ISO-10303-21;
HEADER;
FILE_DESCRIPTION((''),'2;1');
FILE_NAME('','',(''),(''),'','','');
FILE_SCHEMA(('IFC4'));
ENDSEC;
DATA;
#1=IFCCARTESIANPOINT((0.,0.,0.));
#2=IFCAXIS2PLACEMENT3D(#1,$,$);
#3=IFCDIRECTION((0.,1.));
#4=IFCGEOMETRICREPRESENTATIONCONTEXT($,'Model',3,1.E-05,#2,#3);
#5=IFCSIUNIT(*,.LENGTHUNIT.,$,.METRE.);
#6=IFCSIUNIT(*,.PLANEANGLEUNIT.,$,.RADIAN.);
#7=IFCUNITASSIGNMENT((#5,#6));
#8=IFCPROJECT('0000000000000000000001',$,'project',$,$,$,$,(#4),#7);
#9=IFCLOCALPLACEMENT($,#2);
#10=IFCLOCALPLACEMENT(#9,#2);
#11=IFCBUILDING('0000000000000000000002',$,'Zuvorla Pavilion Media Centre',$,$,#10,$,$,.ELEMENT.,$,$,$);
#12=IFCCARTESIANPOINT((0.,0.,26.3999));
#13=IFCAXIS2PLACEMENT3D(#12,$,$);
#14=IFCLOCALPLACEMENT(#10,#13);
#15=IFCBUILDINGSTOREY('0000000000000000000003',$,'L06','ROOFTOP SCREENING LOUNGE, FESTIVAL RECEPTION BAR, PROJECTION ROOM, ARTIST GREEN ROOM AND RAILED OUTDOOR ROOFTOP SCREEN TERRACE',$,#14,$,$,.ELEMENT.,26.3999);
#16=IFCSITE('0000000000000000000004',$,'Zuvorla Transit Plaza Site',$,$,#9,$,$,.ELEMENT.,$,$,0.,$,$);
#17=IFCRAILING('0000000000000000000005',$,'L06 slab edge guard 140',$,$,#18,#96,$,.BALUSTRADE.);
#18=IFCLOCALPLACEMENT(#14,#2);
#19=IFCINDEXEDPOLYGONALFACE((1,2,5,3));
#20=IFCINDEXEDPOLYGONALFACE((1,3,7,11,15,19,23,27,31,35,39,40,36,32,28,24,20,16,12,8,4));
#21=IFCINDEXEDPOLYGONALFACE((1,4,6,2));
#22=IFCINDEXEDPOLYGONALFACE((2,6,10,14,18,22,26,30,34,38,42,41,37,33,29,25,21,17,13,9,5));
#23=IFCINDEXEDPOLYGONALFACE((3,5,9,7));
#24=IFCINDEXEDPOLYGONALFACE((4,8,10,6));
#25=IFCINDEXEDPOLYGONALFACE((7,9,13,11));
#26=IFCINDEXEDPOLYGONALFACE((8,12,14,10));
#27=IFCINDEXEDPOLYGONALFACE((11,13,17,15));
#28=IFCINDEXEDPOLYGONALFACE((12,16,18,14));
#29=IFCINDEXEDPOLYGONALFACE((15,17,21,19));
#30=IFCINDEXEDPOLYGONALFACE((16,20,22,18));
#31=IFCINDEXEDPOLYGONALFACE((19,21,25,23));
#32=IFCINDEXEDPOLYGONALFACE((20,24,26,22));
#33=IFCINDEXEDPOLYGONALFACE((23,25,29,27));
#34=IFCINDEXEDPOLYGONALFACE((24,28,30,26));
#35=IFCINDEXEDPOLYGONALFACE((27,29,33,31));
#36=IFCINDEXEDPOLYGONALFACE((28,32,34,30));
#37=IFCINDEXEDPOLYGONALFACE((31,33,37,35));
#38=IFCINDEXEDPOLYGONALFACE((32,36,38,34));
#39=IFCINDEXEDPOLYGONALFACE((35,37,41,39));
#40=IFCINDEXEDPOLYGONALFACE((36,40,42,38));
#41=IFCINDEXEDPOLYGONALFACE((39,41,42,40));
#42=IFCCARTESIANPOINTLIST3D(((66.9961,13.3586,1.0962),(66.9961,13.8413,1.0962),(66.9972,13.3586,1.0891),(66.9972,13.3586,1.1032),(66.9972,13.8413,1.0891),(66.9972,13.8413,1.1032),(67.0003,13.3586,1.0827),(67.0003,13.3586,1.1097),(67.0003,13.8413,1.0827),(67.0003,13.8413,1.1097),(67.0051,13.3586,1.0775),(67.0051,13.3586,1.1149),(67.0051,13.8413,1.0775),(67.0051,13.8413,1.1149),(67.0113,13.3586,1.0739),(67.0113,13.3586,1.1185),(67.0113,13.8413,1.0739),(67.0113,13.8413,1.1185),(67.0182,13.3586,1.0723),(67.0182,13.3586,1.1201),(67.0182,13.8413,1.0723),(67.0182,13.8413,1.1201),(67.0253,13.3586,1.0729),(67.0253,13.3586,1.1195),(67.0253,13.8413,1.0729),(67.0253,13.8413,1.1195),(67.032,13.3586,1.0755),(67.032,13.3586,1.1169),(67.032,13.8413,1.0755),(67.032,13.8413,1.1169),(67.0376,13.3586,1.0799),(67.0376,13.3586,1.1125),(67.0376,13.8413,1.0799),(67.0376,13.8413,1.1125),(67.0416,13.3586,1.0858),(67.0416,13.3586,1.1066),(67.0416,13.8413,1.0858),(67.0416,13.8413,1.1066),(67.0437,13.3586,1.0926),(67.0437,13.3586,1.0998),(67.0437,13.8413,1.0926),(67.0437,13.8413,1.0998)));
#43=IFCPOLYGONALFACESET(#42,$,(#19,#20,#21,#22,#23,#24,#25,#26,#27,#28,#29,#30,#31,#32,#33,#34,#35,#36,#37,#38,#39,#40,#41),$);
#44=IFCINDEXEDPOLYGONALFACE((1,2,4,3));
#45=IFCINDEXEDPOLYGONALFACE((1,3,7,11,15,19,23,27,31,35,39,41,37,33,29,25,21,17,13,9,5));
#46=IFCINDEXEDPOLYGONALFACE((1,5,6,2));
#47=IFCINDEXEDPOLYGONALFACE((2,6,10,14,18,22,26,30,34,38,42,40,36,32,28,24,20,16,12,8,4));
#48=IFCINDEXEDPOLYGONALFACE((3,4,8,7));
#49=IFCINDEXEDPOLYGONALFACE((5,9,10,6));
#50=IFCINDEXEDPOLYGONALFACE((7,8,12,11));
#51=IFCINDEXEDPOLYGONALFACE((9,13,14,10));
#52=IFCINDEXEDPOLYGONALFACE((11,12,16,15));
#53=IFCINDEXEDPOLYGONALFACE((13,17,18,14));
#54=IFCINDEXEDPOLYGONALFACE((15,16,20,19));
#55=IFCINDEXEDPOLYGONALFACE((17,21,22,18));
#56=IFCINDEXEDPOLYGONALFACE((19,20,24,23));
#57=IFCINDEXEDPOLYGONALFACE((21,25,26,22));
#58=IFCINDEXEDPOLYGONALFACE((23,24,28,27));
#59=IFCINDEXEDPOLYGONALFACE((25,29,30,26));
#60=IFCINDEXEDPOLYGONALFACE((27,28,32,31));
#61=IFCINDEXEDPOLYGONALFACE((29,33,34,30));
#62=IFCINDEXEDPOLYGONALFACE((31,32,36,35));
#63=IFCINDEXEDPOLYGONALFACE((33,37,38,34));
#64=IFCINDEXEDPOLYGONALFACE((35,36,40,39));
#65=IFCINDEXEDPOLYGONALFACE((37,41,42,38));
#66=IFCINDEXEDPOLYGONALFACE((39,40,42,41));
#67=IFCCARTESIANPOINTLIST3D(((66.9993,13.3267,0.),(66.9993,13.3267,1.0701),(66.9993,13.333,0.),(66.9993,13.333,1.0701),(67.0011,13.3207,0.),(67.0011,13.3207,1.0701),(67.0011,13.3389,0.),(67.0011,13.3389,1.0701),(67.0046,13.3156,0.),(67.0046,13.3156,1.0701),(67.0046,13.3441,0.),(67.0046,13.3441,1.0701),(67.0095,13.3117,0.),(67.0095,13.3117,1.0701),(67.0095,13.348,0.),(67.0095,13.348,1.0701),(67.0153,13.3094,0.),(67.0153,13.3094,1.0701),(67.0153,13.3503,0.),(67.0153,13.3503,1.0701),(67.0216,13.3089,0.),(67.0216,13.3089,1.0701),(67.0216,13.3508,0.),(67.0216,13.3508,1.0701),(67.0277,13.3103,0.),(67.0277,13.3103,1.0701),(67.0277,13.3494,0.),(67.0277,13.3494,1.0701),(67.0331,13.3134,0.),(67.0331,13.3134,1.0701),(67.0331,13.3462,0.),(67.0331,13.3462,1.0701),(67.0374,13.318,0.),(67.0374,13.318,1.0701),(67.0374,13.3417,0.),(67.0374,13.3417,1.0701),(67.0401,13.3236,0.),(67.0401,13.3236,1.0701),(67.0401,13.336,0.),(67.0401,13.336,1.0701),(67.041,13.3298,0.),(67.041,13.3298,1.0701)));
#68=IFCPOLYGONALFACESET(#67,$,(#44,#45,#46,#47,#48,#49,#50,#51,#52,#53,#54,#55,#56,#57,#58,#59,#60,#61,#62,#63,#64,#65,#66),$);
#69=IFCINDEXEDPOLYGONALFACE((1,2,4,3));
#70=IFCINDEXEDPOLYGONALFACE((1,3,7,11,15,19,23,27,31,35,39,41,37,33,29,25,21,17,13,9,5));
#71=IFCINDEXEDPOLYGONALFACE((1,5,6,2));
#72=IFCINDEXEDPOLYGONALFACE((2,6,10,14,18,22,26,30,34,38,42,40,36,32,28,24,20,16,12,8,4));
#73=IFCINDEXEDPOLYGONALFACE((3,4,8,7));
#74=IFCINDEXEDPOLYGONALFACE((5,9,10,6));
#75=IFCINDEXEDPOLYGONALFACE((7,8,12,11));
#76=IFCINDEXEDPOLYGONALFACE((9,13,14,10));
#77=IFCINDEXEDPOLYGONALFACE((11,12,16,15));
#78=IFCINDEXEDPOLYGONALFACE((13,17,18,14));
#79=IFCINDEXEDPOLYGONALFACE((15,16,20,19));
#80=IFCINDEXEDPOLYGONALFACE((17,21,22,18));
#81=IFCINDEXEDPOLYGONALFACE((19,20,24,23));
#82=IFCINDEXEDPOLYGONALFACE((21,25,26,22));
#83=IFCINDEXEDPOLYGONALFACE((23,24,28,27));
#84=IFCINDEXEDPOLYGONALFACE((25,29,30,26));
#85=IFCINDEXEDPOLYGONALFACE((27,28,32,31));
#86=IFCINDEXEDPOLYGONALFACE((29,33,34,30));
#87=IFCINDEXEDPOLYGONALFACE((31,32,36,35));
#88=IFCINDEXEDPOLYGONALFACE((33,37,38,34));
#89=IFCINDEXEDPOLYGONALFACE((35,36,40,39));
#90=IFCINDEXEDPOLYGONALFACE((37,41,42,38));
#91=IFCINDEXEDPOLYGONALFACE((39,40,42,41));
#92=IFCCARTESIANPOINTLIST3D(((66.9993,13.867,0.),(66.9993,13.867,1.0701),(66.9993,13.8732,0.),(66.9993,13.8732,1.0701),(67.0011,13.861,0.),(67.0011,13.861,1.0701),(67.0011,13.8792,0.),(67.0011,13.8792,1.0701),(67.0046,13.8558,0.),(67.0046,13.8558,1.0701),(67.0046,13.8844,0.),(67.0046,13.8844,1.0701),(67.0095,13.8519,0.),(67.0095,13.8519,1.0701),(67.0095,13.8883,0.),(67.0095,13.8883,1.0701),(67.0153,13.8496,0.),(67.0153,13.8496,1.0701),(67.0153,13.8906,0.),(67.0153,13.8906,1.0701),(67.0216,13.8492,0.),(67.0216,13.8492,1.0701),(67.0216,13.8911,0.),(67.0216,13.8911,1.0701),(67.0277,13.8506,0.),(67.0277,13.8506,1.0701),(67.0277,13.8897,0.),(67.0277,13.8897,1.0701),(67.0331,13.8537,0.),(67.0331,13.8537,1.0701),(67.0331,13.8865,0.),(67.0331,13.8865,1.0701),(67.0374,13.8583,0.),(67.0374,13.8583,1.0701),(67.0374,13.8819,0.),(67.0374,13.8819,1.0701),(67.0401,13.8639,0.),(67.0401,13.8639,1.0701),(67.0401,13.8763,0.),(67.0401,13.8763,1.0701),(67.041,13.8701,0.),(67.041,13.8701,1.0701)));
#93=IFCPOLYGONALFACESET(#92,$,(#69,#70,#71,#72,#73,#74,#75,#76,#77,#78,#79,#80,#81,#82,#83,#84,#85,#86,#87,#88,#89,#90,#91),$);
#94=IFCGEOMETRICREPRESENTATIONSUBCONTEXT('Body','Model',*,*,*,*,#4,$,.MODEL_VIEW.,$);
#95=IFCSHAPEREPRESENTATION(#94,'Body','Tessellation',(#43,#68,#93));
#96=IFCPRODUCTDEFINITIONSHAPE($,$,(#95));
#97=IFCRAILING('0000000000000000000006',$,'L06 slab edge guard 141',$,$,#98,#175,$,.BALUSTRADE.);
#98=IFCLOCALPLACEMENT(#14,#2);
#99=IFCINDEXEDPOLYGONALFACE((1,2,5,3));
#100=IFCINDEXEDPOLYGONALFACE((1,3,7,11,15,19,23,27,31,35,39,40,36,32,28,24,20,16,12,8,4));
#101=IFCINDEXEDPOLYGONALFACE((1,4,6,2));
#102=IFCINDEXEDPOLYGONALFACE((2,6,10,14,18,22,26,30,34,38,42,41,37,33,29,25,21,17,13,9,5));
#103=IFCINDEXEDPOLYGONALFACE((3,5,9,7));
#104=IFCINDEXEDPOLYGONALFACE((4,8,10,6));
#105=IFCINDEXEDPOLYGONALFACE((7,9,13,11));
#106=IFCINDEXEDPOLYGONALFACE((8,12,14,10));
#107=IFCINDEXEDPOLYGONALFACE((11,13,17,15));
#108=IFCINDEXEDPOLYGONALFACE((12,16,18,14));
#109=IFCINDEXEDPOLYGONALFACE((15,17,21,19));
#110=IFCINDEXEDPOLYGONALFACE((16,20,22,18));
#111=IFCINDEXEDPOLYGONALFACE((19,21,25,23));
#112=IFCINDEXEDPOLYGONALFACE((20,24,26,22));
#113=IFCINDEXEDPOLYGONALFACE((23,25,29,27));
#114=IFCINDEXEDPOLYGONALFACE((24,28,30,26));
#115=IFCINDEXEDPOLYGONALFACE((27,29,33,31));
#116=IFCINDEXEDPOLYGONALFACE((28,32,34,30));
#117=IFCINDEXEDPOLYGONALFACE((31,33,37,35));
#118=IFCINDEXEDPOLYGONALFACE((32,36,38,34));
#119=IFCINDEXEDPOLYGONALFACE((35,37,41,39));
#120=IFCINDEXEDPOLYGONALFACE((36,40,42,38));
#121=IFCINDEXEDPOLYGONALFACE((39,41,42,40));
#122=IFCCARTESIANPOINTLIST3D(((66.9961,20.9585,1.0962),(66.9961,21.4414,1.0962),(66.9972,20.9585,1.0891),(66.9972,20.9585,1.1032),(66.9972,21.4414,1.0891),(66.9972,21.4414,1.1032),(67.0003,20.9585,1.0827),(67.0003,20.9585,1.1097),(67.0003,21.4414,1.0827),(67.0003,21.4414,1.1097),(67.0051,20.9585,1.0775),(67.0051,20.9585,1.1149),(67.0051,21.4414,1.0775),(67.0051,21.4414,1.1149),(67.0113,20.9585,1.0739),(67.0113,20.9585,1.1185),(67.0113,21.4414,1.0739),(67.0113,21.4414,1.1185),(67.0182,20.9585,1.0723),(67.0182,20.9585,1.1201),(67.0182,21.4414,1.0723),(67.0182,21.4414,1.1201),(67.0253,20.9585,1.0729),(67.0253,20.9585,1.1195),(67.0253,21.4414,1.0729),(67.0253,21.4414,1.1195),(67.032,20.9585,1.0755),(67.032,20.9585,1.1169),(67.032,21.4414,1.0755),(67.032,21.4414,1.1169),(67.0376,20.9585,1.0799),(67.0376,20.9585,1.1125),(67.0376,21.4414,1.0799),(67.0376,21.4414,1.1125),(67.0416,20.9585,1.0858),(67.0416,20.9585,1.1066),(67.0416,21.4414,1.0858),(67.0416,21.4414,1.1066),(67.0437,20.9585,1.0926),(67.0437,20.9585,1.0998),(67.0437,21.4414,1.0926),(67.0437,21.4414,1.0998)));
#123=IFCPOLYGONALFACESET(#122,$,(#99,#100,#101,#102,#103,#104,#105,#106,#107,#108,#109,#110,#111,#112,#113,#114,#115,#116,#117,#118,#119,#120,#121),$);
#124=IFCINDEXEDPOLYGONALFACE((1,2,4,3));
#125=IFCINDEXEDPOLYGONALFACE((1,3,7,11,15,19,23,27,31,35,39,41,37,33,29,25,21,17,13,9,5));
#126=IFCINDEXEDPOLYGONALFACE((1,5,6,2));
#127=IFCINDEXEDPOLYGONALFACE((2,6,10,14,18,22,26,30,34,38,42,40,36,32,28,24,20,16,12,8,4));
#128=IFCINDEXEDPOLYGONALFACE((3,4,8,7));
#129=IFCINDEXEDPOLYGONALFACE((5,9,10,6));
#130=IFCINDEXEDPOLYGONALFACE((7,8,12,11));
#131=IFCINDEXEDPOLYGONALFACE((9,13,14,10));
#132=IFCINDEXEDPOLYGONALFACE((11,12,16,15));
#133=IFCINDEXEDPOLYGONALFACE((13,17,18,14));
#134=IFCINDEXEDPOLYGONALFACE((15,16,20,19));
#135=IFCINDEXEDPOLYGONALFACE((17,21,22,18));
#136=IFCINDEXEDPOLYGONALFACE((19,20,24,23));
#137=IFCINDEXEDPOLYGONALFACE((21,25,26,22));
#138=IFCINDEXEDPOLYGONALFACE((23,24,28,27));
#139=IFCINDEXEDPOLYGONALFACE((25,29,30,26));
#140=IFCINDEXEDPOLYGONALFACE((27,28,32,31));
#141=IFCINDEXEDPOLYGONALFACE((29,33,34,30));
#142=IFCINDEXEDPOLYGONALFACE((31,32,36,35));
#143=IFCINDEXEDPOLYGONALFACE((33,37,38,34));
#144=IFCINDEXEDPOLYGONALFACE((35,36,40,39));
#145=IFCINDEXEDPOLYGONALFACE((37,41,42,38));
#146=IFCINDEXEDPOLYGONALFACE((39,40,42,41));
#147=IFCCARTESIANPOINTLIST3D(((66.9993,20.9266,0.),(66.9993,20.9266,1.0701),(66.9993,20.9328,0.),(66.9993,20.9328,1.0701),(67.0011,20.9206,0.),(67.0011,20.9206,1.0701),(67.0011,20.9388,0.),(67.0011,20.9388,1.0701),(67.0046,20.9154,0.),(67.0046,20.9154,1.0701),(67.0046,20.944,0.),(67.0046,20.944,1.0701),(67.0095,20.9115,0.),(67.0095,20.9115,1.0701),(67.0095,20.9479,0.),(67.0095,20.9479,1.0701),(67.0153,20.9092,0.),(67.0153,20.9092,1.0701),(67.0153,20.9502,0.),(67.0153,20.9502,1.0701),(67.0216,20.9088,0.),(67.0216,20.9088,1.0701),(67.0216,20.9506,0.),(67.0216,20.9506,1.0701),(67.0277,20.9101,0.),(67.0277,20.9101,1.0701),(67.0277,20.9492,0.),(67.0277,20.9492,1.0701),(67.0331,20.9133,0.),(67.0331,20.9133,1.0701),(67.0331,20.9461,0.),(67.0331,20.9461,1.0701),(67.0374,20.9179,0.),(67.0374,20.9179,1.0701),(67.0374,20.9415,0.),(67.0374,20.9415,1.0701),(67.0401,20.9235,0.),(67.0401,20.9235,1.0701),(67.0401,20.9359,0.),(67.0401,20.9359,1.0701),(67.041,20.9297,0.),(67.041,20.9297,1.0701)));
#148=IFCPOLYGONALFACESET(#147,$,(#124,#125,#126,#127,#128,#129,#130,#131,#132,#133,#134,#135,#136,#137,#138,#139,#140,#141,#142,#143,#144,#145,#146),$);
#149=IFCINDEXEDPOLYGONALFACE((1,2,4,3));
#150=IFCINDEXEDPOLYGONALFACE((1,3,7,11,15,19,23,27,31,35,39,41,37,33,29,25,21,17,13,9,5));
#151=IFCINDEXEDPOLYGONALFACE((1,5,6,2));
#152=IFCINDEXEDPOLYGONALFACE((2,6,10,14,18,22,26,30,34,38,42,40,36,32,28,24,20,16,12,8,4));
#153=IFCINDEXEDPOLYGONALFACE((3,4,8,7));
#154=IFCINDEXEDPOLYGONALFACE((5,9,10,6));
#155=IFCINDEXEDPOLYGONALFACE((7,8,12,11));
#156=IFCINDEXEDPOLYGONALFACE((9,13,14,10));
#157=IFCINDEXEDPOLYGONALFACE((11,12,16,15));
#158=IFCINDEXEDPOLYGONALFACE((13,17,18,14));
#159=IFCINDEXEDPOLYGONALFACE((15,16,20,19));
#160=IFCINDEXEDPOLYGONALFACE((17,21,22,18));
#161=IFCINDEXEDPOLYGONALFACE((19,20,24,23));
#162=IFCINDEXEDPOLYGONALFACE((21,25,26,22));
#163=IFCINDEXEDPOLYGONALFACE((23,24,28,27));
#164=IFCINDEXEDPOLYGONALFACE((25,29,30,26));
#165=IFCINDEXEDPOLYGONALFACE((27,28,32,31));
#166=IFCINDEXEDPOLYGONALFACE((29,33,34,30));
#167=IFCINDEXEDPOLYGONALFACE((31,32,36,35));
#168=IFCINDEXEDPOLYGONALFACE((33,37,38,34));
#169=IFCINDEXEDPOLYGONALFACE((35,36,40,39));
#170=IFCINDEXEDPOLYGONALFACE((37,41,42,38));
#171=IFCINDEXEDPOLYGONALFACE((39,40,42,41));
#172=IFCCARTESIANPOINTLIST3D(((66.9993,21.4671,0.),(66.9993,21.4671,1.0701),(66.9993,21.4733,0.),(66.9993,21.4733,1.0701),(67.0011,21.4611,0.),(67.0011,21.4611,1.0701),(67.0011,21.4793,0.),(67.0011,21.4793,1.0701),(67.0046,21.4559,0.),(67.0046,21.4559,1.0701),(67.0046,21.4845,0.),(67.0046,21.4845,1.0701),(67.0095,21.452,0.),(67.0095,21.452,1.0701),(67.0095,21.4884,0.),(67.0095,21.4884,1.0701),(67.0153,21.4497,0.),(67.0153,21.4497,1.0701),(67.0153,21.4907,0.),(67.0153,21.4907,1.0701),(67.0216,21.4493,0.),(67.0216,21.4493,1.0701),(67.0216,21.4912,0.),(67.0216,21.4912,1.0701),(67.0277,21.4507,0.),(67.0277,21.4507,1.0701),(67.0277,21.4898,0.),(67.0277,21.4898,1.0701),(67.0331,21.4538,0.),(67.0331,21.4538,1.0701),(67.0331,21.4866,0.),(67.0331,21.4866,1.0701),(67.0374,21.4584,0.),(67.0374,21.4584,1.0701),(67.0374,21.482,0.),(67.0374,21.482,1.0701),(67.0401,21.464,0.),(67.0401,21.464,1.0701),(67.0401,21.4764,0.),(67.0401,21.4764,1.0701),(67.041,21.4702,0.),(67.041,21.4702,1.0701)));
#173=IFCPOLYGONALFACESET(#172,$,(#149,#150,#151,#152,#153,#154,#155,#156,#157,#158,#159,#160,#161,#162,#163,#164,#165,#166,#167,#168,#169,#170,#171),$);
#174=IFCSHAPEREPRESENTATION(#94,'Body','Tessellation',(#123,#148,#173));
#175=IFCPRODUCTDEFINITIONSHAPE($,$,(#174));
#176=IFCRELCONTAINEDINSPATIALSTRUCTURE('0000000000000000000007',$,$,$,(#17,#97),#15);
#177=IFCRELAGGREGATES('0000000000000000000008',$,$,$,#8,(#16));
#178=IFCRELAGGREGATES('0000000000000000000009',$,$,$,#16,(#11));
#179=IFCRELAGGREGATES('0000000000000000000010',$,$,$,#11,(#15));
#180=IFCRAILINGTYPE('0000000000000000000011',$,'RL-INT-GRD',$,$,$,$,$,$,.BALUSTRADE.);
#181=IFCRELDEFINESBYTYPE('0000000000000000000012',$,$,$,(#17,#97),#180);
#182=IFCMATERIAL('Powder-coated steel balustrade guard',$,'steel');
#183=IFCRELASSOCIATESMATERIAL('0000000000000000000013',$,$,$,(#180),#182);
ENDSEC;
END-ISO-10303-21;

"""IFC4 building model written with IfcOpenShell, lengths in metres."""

from ifc_helpers import new_model, si_unit, direction, frame, origin, origin_2d, place, context, subcontext, project, spatial, circle, extrude, material, type_object, element, save


model = new_model("IFC4")

# Units and contexts
model_context = context("Model", 3, precision=1e-05, world=origin(), true_north=direction((0.0, 1.0)))
body_context = subcontext(model_context, "Body", "Model", "MODEL_VIEW")
ifc_project = project(units=[si_unit("LENGTHUNIT", "METRE"), si_unit("PLANEANGLEUNIT", "RADIAN")], contexts=[model_context])

# Site, building, storey
site_placement = place(None, origin())
site = spatial("IfcSite", under=ifc_project, at=site_placement, Name="Zuvorla Transit Plaza Site", CompositionType="ELEMENT", RefElevation=0.0)
building_placement = place(site_placement, origin())
building = spatial("IfcBuilding", under=site, at=building_placement, Name="Zuvorla Pavilion Media Centre", CompositionType="ELEMENT")
storey_placement = place(building_placement, frame((0.0, 0.0, 26.3999)))
storey = spatial("IfcBuildingStorey", under=building, at=storey_placement, Name="L06", Description="ROOFTOP SCREENING LOUNGE, FESTIVAL RECEPTION BAR, PROJECTION ROOM, ARTIST GREEN ROOM AND RAILED OUTDOOR ROOFTOP SCREEN TERRACE", CompositionType="ELEMENT", Elevation=26.3999)

# Railings
ifc_material_1 = material(Name="Powder-coated steel balustrade guard", Category="steel")
railing_type = type_object("IfcRailingType", Name="RL-INT-GRD", PredefinedType="BALUSTRADE", material=ifc_material_1)
railing_1_placement = place(storey_placement, frame((67.02, 13.3298, 0.0)))
element("IfcRailing", 1, at=railing_1_placement, inside=storey, type_object=railing_type, Name="L06 slab edge guard 140", PredefinedType="BALUSTRADE", context=body_context, shape_type="SweptSolid", body=[
    extrude(circle(Radius=0.0239, at=origin_2d()), frame((0.0, 0.0288, 1.0962), z_axis=(0.0, 1.0, 0.0), x_axis=(-1.0, 0.0, 0.0)), (0.0, 0.0, 1.0), 0.4827),
    extrude(circle(Radius=0.021, at=origin_2d()), origin(), (0.0, 0.0, 1.0), 1.0701),
    extrude(circle(Radius=0.021, at=origin_2d()), frame((0.0, 0.5403, 0.0)), (0.0, 0.0, 1.0), 1.0701),
])
railing_2_placement = place(storey_placement, frame((67.02, 20.9297, 0.0)))
element("IfcRailing", 2, at=railing_2_placement, inside=storey, type_object=railing_type, Name="L06 slab edge guard 141", PredefinedType="BALUSTRADE", context=body_context, shape_type="SweptSolid", body=[
    extrude(circle(Radius=0.0239, at=origin_2d()), frame((0.0, 0.0288, 1.0962), z_axis=(0.0, 1.0, 0.0), x_axis=(-1.0, 0.0, 0.0)), (0.0, 0.0, 1.0), 0.4829),
    extrude(circle(Radius=0.021, at=origin_2d()), origin(), (0.0, 0.0, 1.0), 1.0701),
    extrude(circle(Radius=0.021, at=origin_2d()), frame((0.0, 0.5405, 0.0)), (0.0, 0.0, 1.0), 1.0701),
])

save(model, "model.ifc")
